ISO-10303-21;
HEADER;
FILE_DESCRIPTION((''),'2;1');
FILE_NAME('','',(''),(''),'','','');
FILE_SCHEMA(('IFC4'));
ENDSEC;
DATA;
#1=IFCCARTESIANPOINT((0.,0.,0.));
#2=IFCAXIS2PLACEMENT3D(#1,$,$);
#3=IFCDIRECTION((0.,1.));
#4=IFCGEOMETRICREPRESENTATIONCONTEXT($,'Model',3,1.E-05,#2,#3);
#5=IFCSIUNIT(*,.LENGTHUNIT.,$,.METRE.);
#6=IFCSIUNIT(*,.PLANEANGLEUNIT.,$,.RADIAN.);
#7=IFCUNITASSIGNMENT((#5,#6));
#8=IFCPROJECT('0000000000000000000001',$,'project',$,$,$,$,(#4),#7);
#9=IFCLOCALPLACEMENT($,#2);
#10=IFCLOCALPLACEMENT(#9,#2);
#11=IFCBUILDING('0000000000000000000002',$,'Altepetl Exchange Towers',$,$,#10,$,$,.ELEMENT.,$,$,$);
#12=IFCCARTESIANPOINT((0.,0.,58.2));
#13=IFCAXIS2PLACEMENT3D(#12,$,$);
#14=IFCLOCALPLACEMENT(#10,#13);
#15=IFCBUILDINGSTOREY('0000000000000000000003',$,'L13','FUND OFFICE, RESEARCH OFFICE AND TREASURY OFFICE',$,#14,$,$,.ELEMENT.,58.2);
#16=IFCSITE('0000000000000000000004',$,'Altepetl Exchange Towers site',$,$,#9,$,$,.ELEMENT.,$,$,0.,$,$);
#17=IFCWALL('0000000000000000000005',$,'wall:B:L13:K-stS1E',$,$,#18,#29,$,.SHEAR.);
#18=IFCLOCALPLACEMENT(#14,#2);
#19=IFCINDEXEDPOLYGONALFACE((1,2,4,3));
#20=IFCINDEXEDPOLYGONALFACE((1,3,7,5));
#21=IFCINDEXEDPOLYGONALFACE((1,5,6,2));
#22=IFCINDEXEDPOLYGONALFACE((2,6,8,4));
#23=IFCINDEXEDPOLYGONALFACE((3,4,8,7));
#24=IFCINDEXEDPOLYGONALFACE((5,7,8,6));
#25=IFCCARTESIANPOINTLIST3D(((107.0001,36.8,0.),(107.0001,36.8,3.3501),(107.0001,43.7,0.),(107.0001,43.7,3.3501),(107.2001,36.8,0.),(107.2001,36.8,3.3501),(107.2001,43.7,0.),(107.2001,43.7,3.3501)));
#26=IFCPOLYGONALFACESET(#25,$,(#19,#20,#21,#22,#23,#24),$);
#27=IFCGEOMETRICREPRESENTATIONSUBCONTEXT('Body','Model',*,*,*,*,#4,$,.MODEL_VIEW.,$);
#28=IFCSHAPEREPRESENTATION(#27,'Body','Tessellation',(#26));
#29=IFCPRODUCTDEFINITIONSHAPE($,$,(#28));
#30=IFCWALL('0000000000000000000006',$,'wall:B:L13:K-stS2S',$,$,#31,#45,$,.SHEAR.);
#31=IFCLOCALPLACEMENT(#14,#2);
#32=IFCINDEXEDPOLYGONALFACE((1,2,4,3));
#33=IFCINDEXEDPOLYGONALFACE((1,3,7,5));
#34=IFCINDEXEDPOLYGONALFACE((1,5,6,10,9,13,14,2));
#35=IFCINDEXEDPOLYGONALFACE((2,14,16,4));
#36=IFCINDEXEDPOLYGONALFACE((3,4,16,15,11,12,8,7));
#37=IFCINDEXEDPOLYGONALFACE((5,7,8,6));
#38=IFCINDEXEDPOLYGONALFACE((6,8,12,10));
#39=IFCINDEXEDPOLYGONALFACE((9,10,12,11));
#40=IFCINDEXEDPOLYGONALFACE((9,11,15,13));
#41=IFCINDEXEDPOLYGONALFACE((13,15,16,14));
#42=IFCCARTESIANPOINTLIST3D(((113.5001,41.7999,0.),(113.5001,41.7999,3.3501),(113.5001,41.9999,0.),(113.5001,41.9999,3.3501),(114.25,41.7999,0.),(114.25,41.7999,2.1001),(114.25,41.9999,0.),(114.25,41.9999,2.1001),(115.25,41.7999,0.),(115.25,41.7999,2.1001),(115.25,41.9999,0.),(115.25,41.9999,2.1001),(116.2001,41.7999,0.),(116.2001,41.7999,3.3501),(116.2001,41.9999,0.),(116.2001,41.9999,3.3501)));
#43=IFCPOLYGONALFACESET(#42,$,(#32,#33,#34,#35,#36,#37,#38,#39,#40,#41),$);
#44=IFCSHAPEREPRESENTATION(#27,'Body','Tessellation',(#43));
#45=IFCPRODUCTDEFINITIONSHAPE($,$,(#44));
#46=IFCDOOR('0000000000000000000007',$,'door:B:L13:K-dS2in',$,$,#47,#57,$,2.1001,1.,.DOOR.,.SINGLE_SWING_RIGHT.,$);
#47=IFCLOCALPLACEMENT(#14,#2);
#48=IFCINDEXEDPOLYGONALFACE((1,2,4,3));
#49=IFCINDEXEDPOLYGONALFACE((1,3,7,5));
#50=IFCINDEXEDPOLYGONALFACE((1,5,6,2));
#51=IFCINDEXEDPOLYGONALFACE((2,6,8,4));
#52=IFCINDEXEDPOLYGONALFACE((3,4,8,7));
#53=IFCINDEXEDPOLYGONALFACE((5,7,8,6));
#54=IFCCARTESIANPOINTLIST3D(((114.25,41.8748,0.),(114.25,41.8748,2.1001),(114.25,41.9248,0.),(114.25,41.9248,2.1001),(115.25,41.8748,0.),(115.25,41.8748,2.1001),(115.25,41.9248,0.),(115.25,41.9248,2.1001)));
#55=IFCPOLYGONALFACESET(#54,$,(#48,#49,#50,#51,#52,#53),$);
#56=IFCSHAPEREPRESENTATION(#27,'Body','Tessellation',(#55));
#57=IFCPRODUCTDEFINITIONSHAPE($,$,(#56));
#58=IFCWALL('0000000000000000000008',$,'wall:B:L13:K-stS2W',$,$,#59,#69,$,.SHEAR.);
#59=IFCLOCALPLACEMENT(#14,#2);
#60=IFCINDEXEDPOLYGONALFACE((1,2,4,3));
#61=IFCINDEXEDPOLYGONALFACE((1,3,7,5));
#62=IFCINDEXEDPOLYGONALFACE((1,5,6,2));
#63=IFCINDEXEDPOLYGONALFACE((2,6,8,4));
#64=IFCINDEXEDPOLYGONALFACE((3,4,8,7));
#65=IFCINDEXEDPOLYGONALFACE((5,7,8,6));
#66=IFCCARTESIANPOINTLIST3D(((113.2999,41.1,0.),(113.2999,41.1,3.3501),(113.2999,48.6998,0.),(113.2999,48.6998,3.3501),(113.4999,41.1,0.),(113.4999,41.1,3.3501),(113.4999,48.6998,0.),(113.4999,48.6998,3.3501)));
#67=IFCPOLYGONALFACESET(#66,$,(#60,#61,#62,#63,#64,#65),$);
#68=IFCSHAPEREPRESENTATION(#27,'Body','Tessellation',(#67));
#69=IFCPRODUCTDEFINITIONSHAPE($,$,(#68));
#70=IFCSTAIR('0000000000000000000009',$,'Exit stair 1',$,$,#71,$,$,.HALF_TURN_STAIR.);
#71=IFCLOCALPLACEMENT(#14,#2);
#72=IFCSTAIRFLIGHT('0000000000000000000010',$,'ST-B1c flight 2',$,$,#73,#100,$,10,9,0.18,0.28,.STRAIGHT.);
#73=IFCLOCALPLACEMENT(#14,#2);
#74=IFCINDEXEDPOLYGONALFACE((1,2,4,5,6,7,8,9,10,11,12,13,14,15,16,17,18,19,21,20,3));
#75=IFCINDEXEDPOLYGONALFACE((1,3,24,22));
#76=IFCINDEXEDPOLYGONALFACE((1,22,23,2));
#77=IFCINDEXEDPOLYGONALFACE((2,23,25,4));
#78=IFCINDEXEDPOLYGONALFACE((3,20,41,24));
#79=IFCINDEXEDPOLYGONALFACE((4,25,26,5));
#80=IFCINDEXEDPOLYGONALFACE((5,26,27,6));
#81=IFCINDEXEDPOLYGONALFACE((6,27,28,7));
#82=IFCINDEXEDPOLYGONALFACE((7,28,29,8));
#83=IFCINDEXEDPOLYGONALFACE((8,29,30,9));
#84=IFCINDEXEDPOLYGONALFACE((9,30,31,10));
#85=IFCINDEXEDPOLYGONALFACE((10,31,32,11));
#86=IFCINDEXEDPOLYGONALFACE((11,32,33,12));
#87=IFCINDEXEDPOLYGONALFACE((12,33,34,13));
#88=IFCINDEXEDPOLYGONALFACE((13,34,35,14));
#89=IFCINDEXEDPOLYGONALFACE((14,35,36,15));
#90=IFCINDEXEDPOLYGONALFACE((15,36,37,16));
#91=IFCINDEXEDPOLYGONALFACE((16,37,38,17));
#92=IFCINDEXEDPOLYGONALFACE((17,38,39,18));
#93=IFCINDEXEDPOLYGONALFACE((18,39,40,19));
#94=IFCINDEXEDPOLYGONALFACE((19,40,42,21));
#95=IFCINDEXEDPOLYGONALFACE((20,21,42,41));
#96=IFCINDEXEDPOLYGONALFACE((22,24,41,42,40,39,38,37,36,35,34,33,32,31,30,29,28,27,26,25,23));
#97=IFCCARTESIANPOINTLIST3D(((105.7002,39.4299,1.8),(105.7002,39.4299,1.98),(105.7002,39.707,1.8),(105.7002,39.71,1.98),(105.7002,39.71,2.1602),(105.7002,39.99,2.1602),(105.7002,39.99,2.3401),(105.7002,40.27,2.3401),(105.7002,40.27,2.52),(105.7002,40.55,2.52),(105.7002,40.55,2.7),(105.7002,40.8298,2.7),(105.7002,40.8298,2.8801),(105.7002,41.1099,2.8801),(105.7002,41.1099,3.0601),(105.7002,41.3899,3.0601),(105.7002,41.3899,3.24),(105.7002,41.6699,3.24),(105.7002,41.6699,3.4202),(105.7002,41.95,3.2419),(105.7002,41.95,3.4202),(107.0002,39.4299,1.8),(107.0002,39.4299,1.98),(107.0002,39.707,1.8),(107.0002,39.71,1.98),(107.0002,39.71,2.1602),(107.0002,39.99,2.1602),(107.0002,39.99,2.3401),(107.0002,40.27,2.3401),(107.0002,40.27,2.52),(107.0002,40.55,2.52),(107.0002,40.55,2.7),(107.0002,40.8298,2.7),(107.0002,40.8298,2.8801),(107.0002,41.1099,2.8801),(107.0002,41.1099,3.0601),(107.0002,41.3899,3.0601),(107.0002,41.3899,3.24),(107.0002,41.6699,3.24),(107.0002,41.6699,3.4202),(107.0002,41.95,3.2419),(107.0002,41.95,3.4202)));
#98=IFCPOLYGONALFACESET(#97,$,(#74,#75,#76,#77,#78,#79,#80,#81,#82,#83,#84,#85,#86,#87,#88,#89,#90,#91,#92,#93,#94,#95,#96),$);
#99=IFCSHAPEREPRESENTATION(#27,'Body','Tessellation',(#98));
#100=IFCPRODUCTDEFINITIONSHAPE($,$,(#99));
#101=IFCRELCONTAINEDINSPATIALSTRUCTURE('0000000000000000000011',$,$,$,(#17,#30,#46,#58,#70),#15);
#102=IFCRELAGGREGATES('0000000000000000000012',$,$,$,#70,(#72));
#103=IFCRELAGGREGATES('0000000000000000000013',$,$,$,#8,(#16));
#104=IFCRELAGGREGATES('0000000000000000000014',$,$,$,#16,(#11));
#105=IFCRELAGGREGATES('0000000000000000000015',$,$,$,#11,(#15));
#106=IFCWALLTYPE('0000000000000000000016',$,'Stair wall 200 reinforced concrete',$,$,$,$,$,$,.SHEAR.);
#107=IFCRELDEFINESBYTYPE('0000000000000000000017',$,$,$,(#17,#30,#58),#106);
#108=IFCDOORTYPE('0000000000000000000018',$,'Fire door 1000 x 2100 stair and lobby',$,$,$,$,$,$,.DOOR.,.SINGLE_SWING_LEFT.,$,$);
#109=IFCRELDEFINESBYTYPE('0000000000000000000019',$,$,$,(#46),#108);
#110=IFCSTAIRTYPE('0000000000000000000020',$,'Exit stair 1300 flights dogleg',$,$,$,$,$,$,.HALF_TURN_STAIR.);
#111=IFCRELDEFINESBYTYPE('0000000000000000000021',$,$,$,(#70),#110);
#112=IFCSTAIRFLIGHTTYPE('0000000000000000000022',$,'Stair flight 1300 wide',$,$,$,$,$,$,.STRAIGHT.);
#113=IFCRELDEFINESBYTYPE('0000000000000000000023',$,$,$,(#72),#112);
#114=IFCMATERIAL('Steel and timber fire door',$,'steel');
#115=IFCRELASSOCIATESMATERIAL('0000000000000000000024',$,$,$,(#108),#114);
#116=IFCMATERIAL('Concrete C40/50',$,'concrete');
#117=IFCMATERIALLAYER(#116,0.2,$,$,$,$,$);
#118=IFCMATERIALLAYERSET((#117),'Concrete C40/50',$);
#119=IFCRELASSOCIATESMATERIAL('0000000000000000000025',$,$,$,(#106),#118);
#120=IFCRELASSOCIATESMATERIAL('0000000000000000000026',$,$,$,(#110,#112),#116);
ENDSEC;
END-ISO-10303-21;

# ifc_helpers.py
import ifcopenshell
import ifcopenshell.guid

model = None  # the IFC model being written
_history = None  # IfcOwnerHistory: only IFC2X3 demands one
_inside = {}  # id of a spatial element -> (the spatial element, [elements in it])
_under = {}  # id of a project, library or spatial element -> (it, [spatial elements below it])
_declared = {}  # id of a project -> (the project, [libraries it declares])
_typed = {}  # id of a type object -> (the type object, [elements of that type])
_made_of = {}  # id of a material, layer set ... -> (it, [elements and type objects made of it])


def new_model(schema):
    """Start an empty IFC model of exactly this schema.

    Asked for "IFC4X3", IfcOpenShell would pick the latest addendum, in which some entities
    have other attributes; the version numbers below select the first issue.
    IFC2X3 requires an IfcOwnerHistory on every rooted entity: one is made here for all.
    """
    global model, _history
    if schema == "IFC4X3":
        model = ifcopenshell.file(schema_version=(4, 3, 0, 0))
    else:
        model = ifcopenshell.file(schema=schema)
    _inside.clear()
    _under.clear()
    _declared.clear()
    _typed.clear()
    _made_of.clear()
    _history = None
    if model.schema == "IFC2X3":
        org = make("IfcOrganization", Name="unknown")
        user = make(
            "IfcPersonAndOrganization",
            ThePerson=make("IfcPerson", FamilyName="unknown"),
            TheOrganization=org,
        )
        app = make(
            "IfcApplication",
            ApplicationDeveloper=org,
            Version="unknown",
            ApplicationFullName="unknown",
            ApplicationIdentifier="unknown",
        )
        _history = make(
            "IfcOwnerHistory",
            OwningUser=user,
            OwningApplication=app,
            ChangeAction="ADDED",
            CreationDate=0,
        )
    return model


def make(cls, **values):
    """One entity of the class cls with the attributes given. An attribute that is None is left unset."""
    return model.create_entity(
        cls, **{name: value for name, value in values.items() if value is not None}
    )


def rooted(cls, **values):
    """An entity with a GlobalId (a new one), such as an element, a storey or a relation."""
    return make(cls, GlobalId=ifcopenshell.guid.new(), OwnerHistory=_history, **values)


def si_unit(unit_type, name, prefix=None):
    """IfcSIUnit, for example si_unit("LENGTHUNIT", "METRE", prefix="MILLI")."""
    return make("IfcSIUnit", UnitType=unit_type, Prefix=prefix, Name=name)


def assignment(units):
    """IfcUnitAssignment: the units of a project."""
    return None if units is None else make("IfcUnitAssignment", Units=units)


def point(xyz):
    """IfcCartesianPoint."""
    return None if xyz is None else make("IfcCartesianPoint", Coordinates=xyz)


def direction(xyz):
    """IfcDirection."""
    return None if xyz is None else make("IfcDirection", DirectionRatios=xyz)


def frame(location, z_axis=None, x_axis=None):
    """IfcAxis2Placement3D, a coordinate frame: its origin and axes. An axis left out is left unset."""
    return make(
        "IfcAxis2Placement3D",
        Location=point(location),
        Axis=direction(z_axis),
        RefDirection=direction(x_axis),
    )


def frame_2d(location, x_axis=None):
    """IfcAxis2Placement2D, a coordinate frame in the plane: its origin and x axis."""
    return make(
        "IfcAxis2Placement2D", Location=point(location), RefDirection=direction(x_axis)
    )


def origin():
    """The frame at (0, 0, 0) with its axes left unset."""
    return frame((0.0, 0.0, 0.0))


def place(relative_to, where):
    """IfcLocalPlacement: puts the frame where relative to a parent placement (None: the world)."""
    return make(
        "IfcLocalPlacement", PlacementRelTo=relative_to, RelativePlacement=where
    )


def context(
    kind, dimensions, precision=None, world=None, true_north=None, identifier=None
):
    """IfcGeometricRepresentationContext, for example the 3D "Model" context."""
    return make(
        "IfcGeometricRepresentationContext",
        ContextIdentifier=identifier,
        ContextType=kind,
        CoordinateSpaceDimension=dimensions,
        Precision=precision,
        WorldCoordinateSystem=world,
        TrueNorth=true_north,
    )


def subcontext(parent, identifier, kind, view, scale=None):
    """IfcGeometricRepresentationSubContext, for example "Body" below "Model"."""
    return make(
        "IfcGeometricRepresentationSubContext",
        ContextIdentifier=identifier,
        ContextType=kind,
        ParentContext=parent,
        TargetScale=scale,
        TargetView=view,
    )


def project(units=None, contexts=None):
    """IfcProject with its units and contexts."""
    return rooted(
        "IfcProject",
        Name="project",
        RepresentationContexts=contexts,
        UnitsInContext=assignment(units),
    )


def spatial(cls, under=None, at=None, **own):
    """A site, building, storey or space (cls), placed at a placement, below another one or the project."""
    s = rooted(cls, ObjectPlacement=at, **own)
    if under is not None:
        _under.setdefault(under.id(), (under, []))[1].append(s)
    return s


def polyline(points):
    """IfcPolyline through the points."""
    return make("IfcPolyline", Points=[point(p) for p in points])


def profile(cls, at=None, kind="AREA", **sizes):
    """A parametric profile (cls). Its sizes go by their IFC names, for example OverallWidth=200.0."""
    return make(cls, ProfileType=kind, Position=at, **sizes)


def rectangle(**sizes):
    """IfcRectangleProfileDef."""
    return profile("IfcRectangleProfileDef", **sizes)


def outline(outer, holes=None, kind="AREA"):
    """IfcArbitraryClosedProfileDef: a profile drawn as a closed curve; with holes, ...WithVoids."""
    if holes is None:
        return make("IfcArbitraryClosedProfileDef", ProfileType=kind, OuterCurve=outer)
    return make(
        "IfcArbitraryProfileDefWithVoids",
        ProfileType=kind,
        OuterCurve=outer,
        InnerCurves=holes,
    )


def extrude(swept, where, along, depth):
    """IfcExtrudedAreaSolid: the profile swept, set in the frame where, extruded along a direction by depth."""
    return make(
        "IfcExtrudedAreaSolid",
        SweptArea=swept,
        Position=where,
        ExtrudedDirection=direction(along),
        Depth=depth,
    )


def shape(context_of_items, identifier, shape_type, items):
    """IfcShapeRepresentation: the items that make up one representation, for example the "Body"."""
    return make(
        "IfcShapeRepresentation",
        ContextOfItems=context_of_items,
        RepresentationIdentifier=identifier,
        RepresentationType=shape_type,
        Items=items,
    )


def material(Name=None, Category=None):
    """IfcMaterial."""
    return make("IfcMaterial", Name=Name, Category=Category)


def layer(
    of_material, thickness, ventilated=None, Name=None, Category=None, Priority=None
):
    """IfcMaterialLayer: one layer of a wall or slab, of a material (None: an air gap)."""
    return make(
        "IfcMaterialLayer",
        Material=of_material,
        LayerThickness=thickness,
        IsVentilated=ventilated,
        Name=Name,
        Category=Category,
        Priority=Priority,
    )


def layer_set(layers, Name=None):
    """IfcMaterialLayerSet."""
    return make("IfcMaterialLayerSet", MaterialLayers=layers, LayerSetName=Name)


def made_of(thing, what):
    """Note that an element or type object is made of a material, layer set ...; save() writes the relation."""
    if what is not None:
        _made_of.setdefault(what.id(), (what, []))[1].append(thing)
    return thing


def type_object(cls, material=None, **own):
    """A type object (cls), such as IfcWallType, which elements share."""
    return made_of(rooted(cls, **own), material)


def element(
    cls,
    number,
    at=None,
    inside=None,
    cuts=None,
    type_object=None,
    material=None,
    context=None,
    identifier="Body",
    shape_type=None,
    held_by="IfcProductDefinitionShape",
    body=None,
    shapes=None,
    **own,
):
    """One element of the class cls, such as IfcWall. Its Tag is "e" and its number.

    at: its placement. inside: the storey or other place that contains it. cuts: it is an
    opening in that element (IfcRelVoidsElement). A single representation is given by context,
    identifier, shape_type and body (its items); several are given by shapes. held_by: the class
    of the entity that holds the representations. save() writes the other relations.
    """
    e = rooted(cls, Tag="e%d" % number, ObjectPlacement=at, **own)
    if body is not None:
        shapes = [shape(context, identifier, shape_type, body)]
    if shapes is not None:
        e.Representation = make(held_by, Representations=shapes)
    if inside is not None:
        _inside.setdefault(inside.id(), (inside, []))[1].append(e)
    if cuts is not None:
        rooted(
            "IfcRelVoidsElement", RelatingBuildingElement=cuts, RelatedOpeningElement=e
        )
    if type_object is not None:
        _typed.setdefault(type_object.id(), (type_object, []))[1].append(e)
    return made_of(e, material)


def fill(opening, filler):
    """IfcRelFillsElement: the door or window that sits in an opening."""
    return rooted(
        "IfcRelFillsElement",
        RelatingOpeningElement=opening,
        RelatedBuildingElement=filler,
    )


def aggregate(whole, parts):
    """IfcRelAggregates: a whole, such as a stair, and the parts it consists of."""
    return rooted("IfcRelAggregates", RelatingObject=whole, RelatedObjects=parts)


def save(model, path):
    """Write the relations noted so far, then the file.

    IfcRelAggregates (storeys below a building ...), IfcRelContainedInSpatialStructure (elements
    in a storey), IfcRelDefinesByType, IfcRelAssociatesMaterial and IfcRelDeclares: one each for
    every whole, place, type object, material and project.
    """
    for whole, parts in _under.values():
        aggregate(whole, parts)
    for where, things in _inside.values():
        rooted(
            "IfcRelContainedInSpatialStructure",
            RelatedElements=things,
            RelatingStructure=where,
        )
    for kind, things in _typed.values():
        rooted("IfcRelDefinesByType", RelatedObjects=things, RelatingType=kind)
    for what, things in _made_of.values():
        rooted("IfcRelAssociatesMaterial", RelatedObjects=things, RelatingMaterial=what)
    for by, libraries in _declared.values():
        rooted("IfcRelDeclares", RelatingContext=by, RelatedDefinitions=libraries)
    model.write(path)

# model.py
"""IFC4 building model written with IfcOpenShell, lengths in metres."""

from ifc_helpers import new_model, si_unit, direction, frame, frame_2d, origin, place, context, subcontext, project, spatial, polyline, rectangle, outline, extrude, material, layer, layer_set, type_object, element, fill, aggregate, save


model = new_model("IFC4")

# Units and contexts
model_context = context("Model", 3, precision=1e-05, world=origin(), true_north=direction((0.0, 1.0)))
body_context = subcontext(model_context, "Body", "Model", "MODEL_VIEW")
ifc_project = project(units=[si_unit("LENGTHUNIT", "METRE"), si_unit("PLANEANGLEUNIT", "RADIAN")], contexts=[model_context])

# Site, building, storey
site_placement = place(None, origin())
site = spatial("IfcSite", under=ifc_project, at=site_placement, Name="Altepetl Exchange Towers site", CompositionType="ELEMENT", RefElevation=0.0)
building_placement = place(site_placement, origin())
building = spatial("IfcBuilding", under=site, at=building_placement, Name="Altepetl Exchange Towers", CompositionType="ELEMENT")
storey_placement = place(building_placement, frame((0.0, 0.0, 58.2)))
storey = spatial("IfcBuildingStorey", under=building, at=storey_placement, Name="L13", Description="FUND OFFICE, RESEARCH OFFICE AND TREASURY OFFICE", CompositionType="ELEMENT", Elevation=58.2)

# Shared definitions
ifc_material_1 = material(Name="Steel and timber fire door", Category="steel")
door_type_1 = type_object("IfcDoorType", Name="Fire door 1000 x 2100 stair and lobby", OperationType="SINGLE_SWING_LEFT", PredefinedType="DOOR", material=ifc_material_1)

# Shared definitions
ifc_material_2 = material(Name="Concrete C40/50", Category="concrete")

# Wall
ifc_layer_1 = layer(ifc_material_2, 0.2)
ifc_layer_set_1 = layer_set([ifc_layer_1], Name="Concrete C40/50")
wall_type_1 = type_object("IfcWallType", Name="Stair wall 200 reinforced concrete", PredefinedType="SHEAR", material=ifc_layer_set_1)
wall_1_placement = place(storey_placement, frame((107.1001, 36.8, 0.0), z_axis=(0.0, 0.0, 1.0), x_axis=(0.0, 1.0, 0.0)))
element("IfcWall", 1, at=wall_1_placement, inside=storey, type_object=wall_type_1, Name="wall:B:L13:K-stS1E", PredefinedType="SHEAR", context=body_context, shape_type="SweptSolid", body=[
    extrude(rectangle(XDim=6.8999, YDim=0.2, at=frame_2d((3.45, 0.0))), origin(), (0.0, 0.0, 1.0), 3.3501),
])

# Wall, opening, door
wall_2_placement = place(storey_placement, frame((113.5, 41.8999, 0.0)))
wall_2 = element("IfcWall", 2, at=wall_2_placement, inside=storey, type_object=wall_type_1, Name="wall:B:L13:K-stS2S", PredefinedType="SHEAR", context=body_context, shape_type="SweptSolid", body=[
    extrude(rectangle(XDim=2.7, YDim=0.2, at=frame_2d((1.3501, 0.0))), origin(), (0.0, 0.0, 1.0), 3.3501),
])
opening_1_placement = place(wall_2_placement, frame((0.75, 0.0, 0.0)))
opening_1 = element("IfcOpeningElement", 3, at=opening_1_placement, cuts=wall_2, PredefinedType="OPENING", context=body_context, shape_type="SweptSolid", body=[
    extrude(rectangle(XDim=1.0, YDim=2.1001, at=frame_2d((0.5, 1.05))), frame((0.0, 0.1099, 0.0), z_axis=(0.0, -1.0, 0.0), x_axis=(1.0, 0.0, 0.0)), (0.0, 0.0, 1.0), 0.22),
])
door_1_placement = place(opening_1_placement, origin())
door_1 = element("IfcDoor", 4, at=door_1_placement, inside=storey, type_object=door_type_1, Name="door:B:L13:K-dS2in", OperationType="SINGLE_SWING_RIGHT", OverallHeight=2.1001, OverallWidth=1.0, PredefinedType="DOOR", context=body_context, shape_type="SweptSolid", body=[
    extrude(rectangle(XDim=1.0, YDim=2.1001, at=frame_2d((0.5, 1.05))), frame((0.0, 0.0249, 0.0), z_axis=(0.0, -1.0, 0.0), x_axis=(1.0, 0.0, 0.0)), (0.0, 0.0, 1.0), 0.05),
])
fill(opening_1, door_1)

# Wall
wall_3_placement = place(storey_placement, frame((113.3999, 41.1001, 0.0), z_axis=(0.0, 0.0, 1.0), x_axis=(0.0, 1.0, 0.0)))
element("IfcWall", 5, at=wall_3_placement, inside=storey, type_object=wall_type_1, Name="wall:B:L13:K-stS2W", PredefinedType="SHEAR", context=body_context, shape_type="SweptSolid", body=[
    extrude(rectangle(XDim=7.5999, YDim=0.2, at=frame_2d((3.7998, 0.0))), origin(), (0.0, 0.0, 1.0), 3.3501),
])

# Stair, stair flight
stair_type = type_object("IfcStairType", Name="Exit stair 1300 flights dogleg", PredefinedType="HALF_TURN_STAIR", material=ifc_material_2)
stair_placement = place(storey_placement, origin())
stair = element("IfcStair", 6, at=stair_placement, inside=storey, type_object=stair_type, Name="Exit stair 1", PredefinedType="HALF_TURN_STAIR")
stair_flight_type = type_object("IfcStairFlightType", Name="Stair flight 1300 wide", PredefinedType="STRAIGHT", material=ifc_material_2)
stair_flight_placement = place(storey_placement, frame((106.3501, 39.4299, 1.8), z_axis=(0.0, 0.0, 1.0), x_axis=(0.0, 1.0, 0.0)))
stair_flight = element("IfcStairFlight", 7, at=stair_flight_placement, type_object=stair_flight_type, Name="ST-B1c flight 2", NumberOfRisers=10, NumberOfTreads=9, PredefinedType="STRAIGHT", RiserHeight=0.18, TreadLength=0.28, context=body_context, shape_type="SweptSolid", body=[
    extrude(outline(polyline([(0.0, 0.0), (0.0, 0.1799), (0.28, 0.1799), (0.28, 0.3601), (0.5601, 0.3601), (0.5601, 0.54), (0.8401, 0.54), (0.8401, 0.72), (1.1201, 0.72), (1.1201, 0.8999), (1.3999, 0.8999), (1.3999, 1.0801), (1.6799, 1.0801), (1.6799, 1.26), (1.96, 1.26), (1.96, 1.4399), (2.24, 1.4399), (2.24, 1.6201), (2.52, 1.6201), (2.52, 1.8), (2.52, 1.4419), (0.2771, 0.0), (0.0, 0.0)])), frame((0.0, 0.6499, 0.0), z_axis=(0.0, -1.0, 0.0), x_axis=(1.0, 0.0, 0.0)), (0.0, 0.0, 1.0), 1.3),
])
aggregate(stair, [stair_flight])

save(model, "model.ifc")
